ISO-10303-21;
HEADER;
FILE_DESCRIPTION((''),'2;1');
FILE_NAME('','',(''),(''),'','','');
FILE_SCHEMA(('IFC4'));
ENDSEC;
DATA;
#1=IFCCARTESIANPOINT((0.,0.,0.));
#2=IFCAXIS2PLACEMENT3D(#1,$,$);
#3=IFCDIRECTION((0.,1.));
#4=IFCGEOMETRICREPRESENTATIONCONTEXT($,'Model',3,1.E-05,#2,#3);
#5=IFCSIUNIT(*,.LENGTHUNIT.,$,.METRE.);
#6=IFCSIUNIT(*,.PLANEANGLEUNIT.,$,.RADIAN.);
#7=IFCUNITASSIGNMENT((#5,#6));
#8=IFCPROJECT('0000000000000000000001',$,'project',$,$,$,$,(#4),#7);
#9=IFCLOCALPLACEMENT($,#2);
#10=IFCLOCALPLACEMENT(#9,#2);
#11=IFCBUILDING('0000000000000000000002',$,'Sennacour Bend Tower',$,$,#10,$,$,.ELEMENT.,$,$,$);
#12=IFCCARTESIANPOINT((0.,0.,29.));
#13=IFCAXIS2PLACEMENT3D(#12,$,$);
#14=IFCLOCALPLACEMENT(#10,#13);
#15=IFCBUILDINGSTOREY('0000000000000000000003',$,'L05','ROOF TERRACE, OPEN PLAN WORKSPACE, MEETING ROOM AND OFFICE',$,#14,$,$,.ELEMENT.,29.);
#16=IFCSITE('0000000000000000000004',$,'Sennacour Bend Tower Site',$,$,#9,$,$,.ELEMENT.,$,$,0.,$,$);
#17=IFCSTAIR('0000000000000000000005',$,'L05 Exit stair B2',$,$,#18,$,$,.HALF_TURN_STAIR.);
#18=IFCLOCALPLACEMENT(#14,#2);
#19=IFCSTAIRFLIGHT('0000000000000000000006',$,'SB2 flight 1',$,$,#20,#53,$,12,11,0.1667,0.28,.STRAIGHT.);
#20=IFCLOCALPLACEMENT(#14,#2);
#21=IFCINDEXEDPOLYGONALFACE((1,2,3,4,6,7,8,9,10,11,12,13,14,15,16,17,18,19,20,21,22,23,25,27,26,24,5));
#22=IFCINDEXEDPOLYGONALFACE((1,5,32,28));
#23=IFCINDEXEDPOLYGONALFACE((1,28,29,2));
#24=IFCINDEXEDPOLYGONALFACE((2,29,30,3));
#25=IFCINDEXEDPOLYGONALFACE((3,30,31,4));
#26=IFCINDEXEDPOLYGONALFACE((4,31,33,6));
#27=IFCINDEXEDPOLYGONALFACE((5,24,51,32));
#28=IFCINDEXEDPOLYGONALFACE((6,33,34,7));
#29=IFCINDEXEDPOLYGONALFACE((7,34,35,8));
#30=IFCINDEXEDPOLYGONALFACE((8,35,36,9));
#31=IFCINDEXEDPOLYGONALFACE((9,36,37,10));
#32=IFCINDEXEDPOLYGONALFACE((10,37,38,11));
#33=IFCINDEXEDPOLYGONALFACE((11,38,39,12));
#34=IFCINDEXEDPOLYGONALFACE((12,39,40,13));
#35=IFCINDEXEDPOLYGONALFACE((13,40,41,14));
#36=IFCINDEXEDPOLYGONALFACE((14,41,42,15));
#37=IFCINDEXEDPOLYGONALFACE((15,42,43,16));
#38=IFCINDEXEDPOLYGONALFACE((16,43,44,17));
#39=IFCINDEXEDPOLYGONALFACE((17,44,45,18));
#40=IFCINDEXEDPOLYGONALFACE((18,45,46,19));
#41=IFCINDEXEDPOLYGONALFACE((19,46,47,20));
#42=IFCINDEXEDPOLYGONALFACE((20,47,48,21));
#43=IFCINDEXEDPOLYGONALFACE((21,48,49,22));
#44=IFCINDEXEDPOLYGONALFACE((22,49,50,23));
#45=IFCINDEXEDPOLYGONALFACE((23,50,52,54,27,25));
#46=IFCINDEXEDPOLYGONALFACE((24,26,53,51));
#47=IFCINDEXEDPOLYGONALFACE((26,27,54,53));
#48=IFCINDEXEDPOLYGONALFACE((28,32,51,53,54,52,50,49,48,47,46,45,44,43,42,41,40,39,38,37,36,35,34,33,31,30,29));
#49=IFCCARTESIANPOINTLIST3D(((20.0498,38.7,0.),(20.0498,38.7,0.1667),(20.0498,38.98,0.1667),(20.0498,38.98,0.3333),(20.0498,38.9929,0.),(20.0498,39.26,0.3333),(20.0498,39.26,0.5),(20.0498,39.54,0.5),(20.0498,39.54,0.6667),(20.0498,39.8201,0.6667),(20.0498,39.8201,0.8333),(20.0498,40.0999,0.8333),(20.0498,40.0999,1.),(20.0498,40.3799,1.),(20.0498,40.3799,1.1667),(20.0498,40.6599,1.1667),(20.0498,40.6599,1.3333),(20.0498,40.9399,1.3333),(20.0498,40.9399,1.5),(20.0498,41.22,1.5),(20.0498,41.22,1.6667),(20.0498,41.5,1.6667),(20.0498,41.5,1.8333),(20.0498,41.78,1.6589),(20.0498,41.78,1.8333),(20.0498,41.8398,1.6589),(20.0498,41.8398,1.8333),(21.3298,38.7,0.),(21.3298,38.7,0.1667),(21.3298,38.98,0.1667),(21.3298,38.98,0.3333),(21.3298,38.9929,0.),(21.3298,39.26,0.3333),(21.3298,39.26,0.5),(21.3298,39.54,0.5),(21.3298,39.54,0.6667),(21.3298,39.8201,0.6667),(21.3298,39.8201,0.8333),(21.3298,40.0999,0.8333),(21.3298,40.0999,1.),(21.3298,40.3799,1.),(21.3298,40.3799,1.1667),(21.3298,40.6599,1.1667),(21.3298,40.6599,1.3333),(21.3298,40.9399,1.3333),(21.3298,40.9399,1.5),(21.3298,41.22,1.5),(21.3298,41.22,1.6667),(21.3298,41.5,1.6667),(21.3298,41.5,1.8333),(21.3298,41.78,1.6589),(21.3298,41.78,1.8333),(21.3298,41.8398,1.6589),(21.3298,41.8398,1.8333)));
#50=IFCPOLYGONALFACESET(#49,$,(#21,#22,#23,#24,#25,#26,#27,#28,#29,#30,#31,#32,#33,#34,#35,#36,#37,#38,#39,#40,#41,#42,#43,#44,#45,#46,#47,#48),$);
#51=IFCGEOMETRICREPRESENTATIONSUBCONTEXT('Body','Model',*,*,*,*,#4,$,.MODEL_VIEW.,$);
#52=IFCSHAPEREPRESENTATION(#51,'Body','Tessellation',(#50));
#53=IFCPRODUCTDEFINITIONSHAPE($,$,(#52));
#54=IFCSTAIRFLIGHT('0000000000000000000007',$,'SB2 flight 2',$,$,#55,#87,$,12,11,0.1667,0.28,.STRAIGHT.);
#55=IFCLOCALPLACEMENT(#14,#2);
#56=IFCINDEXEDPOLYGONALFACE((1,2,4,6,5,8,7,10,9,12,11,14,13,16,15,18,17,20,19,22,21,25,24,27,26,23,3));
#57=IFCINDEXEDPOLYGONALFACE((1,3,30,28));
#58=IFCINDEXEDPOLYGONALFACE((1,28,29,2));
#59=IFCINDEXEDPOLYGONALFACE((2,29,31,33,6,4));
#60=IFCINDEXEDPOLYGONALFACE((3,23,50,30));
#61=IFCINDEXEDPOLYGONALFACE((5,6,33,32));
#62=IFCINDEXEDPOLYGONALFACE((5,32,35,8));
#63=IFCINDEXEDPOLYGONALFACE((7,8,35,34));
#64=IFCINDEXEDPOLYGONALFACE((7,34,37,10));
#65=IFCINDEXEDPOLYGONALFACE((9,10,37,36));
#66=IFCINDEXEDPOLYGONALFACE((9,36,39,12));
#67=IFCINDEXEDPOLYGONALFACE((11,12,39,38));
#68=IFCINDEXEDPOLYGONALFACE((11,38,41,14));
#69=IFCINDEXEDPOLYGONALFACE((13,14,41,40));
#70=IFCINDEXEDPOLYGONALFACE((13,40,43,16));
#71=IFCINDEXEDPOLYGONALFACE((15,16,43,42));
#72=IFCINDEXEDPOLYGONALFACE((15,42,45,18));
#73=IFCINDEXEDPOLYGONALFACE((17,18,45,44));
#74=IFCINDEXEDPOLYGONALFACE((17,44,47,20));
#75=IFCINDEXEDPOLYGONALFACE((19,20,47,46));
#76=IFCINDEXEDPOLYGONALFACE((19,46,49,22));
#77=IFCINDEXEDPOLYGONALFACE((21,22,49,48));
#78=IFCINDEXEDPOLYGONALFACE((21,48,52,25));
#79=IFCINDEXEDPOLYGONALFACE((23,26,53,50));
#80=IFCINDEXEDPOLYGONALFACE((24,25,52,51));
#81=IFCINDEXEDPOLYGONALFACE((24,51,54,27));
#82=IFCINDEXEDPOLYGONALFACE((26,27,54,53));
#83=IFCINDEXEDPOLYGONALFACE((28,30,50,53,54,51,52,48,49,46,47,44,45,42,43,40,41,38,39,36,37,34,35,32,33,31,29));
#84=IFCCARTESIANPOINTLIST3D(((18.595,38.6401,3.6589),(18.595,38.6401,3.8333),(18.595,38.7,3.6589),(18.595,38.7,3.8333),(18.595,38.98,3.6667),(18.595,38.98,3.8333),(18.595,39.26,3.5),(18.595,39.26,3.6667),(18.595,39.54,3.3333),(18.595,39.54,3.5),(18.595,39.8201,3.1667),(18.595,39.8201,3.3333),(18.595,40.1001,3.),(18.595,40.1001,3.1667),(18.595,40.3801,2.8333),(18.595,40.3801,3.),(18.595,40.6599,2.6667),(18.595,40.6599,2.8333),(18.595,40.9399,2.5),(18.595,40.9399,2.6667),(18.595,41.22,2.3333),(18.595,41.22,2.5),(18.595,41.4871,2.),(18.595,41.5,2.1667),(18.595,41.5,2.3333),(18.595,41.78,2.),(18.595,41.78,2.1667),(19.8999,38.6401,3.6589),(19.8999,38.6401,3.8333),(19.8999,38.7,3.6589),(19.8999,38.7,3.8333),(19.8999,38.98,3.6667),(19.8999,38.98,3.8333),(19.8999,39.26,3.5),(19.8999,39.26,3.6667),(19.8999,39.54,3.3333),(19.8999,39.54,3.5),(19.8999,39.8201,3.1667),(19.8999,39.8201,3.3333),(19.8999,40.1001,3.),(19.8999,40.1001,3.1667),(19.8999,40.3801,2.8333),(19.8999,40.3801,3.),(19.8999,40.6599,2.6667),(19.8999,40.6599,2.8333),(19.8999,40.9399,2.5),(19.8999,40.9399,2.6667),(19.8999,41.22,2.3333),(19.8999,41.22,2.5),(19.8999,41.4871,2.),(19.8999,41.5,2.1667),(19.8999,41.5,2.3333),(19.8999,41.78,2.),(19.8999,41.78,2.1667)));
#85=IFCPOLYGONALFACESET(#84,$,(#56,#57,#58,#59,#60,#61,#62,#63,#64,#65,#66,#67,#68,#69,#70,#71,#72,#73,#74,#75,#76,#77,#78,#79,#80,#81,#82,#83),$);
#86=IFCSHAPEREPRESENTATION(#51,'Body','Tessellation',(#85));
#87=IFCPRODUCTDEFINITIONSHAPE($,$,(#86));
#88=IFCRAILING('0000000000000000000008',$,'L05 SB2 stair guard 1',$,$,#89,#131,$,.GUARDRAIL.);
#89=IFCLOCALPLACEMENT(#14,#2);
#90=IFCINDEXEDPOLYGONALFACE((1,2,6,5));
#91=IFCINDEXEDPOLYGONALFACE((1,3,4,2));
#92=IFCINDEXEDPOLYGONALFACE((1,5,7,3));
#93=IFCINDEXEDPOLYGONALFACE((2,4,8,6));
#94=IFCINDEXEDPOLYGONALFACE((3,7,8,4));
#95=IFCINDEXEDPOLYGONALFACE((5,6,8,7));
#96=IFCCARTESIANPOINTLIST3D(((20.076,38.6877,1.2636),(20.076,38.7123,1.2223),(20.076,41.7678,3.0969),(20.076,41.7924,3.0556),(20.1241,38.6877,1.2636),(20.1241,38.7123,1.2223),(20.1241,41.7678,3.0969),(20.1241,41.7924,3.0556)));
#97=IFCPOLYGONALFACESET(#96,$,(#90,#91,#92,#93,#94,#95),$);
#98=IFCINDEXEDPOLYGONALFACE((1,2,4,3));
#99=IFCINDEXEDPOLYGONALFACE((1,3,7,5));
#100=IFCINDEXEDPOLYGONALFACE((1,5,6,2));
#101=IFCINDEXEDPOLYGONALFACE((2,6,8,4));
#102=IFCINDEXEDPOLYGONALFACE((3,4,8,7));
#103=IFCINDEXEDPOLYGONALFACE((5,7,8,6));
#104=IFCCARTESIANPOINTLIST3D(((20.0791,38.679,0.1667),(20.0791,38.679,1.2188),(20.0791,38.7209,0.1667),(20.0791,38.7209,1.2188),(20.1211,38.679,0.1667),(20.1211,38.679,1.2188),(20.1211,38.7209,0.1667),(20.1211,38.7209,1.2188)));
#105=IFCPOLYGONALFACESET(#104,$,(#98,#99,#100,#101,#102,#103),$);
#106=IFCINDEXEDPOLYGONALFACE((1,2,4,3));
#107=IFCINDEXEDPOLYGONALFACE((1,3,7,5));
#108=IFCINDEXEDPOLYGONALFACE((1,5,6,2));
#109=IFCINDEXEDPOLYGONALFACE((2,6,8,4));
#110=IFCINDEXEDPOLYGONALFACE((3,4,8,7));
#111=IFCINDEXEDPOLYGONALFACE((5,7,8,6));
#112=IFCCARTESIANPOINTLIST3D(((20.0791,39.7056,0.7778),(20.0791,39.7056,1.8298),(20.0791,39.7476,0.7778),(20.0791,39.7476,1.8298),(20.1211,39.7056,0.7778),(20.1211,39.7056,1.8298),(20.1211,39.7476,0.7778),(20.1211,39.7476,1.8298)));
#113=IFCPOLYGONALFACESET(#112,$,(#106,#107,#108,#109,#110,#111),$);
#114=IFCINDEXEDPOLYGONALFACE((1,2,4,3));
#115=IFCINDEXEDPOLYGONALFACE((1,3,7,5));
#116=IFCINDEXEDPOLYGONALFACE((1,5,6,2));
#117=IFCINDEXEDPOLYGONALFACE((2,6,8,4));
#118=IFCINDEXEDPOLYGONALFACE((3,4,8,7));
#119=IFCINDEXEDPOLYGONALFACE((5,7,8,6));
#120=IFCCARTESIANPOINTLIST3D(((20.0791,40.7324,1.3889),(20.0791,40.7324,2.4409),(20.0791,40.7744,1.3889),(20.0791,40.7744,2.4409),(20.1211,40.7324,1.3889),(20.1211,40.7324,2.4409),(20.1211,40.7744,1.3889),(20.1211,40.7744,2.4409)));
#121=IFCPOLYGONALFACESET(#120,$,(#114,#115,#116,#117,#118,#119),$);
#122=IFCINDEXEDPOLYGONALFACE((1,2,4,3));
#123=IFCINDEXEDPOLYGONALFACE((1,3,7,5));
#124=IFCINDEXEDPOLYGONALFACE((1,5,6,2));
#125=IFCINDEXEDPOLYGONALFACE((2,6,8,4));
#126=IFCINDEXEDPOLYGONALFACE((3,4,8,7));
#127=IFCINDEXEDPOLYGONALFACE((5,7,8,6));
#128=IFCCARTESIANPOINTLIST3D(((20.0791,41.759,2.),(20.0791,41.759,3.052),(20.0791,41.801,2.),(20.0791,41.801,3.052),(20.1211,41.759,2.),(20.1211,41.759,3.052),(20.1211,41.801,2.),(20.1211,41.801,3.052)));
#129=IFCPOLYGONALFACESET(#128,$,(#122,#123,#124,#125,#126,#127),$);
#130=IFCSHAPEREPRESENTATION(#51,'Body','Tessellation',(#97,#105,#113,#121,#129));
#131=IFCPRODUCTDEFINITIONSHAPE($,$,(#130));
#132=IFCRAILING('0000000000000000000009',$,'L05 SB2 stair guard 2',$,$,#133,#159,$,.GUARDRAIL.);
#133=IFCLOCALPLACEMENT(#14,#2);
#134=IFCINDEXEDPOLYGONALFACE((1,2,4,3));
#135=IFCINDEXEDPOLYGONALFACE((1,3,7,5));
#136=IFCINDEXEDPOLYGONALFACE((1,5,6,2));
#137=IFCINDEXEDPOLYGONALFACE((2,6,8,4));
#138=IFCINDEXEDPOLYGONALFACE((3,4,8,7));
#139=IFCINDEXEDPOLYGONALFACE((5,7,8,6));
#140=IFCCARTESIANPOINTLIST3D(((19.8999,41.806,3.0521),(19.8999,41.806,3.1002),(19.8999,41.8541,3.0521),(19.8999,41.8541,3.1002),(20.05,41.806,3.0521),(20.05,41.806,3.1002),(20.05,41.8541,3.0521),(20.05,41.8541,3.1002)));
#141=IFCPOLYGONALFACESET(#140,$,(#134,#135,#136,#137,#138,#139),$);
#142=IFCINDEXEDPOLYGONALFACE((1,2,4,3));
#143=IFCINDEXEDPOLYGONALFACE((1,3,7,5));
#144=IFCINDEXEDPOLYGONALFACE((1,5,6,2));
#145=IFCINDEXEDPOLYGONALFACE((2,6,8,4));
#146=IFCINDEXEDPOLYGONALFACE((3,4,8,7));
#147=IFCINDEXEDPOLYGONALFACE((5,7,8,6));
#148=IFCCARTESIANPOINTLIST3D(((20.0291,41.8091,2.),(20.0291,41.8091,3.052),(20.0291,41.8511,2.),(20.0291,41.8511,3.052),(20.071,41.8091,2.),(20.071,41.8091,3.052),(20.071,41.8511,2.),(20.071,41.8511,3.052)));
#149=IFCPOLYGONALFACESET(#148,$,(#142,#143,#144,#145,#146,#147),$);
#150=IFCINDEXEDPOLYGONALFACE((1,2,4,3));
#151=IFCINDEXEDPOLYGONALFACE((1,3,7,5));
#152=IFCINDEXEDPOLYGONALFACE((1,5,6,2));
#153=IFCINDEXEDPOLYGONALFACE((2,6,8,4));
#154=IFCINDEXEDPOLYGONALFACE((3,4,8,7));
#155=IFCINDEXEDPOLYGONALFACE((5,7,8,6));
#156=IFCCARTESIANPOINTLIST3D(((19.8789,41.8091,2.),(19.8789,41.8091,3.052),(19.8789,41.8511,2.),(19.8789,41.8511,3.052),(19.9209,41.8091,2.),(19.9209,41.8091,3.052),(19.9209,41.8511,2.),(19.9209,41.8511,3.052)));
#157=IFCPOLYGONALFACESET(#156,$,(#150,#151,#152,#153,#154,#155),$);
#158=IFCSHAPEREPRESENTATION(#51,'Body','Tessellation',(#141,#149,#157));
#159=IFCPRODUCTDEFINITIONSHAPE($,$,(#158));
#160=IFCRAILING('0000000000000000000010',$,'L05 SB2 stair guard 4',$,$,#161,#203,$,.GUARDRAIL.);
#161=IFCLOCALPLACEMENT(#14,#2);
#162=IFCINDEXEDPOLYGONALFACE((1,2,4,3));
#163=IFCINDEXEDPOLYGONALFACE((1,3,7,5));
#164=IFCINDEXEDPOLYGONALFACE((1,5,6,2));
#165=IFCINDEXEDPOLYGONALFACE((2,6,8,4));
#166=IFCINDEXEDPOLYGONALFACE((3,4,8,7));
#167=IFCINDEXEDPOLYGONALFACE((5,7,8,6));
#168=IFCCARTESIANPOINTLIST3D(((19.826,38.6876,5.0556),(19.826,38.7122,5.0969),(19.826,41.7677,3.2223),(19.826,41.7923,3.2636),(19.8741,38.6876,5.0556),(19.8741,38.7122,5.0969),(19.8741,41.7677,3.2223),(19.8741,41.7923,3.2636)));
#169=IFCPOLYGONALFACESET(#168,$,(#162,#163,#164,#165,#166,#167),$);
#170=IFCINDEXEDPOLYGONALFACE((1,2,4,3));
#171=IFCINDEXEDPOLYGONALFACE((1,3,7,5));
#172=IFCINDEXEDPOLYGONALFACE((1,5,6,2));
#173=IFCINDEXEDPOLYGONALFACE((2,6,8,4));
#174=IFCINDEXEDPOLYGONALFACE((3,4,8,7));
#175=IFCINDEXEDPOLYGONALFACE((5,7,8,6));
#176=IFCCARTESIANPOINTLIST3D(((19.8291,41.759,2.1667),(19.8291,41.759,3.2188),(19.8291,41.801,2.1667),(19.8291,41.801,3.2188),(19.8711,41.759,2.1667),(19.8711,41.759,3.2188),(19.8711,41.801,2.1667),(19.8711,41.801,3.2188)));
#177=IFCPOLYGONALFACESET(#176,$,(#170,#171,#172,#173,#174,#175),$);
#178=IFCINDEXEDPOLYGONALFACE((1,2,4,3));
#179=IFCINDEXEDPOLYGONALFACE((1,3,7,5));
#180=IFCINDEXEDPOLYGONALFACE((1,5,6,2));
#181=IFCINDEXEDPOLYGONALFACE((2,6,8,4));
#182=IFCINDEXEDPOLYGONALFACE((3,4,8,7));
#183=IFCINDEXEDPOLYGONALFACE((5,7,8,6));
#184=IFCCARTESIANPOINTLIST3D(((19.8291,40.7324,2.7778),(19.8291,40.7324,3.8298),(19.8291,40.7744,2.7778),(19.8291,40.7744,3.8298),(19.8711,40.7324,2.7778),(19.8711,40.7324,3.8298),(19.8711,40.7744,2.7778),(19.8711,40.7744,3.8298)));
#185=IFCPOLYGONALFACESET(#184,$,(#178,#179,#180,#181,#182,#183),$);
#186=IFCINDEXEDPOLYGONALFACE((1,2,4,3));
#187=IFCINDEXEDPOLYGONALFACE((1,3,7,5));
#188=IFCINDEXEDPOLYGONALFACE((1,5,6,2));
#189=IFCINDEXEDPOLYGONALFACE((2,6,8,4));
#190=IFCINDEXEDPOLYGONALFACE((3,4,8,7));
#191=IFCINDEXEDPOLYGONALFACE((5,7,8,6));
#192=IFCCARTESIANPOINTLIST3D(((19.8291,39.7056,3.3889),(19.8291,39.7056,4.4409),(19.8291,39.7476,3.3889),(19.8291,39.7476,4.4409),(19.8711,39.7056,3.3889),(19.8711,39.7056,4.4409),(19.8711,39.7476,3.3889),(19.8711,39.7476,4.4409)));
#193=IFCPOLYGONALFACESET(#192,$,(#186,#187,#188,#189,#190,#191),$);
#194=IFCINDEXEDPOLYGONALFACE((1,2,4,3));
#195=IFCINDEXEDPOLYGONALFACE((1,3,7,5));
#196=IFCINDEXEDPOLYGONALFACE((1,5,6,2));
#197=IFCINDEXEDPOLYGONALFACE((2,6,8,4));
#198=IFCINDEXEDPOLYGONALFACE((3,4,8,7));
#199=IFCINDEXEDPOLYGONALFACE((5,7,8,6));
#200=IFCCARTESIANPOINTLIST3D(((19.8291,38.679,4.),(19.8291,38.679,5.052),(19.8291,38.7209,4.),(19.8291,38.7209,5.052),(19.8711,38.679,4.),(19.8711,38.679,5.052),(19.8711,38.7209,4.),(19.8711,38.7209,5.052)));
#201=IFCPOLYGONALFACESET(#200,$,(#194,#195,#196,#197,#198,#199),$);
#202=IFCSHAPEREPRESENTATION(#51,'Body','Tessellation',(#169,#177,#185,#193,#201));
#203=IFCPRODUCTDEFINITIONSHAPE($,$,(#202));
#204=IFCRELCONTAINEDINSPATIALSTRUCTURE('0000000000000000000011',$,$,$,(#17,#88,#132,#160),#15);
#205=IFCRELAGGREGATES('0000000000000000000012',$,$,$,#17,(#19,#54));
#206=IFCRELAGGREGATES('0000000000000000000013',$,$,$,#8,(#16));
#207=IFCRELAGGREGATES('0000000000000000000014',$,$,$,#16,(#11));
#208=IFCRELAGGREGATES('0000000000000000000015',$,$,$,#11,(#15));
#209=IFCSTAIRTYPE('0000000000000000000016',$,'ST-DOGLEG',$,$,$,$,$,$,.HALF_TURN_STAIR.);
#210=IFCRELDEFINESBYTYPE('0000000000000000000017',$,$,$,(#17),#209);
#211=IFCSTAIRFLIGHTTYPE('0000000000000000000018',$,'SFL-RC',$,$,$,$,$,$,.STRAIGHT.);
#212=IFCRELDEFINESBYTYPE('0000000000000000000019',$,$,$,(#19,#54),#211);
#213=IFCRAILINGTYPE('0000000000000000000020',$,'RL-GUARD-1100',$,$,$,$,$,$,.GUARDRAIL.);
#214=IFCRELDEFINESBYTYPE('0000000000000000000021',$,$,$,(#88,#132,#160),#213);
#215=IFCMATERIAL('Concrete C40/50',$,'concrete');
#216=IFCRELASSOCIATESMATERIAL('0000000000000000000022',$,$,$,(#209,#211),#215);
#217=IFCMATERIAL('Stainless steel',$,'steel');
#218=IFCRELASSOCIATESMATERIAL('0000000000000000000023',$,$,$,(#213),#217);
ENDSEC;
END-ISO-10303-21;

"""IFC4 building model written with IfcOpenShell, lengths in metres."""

from ifc_helpers import new_model, si_unit, direction, frame, origin, origin_2d, place, context, subcontext, project, spatial, polyline, rectangle, outline, extrude, material, type_object, element, aggregate, save


model = new_model("IFC4")

# Units and contexts
model_context = context("Model", 3, precision=1e-05, world=origin(), true_north=direction((0.0, 1.0)))
body_context = subcontext(model_context, "Body", "Model", "MODEL_VIEW")
ifc_project = project(units=[si_unit("LENGTHUNIT", "METRE"), si_unit("PLANEANGLEUNIT", "RADIAN")], contexts=[model_context])

# Site, building, storey
site_placement = place(None, origin())
site = spatial("IfcSite", under=ifc_project, at=site_placement, Name="Sennacour Bend Tower Site", CompositionType="ELEMENT", RefElevation=0.0)
building_placement = place(site_placement, origin())
building = spatial("IfcBuilding", under=site, at=building_placement, Name="Sennacour Bend Tower", CompositionType="ELEMENT")
storey_placement = place(building_placement, frame((0.0, 0.0, 29.0)))
storey = spatial("IfcBuildingStorey", under=building, at=storey_placement, Name="L05", Description="ROOF TERRACE, OPEN PLAN WORKSPACE, MEETING ROOM AND OFFICE", CompositionType="ELEMENT", Elevation=29.0)

# Shared definitions
ifc_material_1 = material(Name="Stainless steel", Category="steel")

# Stair, stair flights
ifc_material_2 = material(Name="Concrete C40/50", Category="concrete")
stair_type = type_object("IfcStairType", Name="ST-DOGLEG", PredefinedType="HALF_TURN_STAIR", material=ifc_material_2)
stair_placement = place(storey_placement, origin())
stair = element("IfcStair", 1, at=stair_placement, inside=storey, type_object=stair_type, Name="L05 Exit stair B2", PredefinedType="HALF_TURN_STAIR")
stair_flight_type = type_object("IfcStairFlightType", Name="SFL-RC", PredefinedType="STRAIGHT", material=ifc_material_2)
stair_flight_1_placement = place(storey_placement, frame((20.6899, 38.7, 0.0), z_axis=(0.0, 0.0, 1.0), x_axis=(0.0, 1.0, 0.0)))
stair_flight_1 = element("IfcStairFlight", 2, at=stair_flight_1_placement, type_object=stair_flight_type, Name="SB2 flight 1", NumberOfRisers=12, NumberOfTreads=11, PredefinedType="STRAIGHT", RiserHeight=0.1667, TreadLength=0.28, context=body_context, shape_type="SweptSolid", body=[
    extrude(outline(polyline([(0.0, 0.0), (0.0, 0.1667), (0.28, 0.1667), (0.28, 0.3333), (0.5601, 0.3333), (0.5601, 0.5), (0.8401, 0.5), (0.8401, 0.6667), (1.1201, 0.6667), (1.1201, 0.8333), (1.3999, 0.8333), (1.3999, 1.0), (1.6799, 1.0), (1.6799, 1.1667), (1.96, 1.1667), (1.96, 1.3333), (2.24, 1.3333), (2.24, 1.5), (2.52, 1.5), (2.52, 1.6667), (2.8, 1.6667), (2.8, 1.8333), (3.0801, 1.8333), (3.1399, 1.8333), (3.1399, 1.6589), (3.0801, 1.6589), (0.293, 0.0), (0.0, 0.0)])), frame((0.0, 0.6401, 0.0), z_axis=(0.0, -1.0, 0.0), x_axis=(1.0, 0.0, 0.0)), (0.0, 0.0, 1.0), 1.28),
])
stair_flight_2_placement = place(storey_placement, frame((19.2476, 41.78, 2.0), z_axis=(0.0, 0.0, 1.0), x_axis=(0.0, -1.0, 0.0)))
stair_flight_2 = element("IfcStairFlight", 3, at=stair_flight_2_placement, type_object=stair_flight_type, Name="SB2 flight 2", NumberOfRisers=12, NumberOfTreads=11, PredefinedType="STRAIGHT", RiserHeight=0.1667, TreadLength=0.28, context=body_context, shape_type="SweptSolid", body=[
    extrude(outline(polyline([(0.0, 0.0), (0.0, 0.1667), (0.28, 0.1667), (0.28, 0.3333), (0.5601, 0.3333), (0.5601, 0.5), (0.8401, 0.5), (0.8401, 0.6667), (1.1201, 0.6667), (1.1201, 0.8333), (1.3999, 0.8333), (1.3999, 1.0), (1.6799, 1.0), (1.6799, 1.1667), (1.96, 1.1667), (1.96, 1.3333), (2.24, 1.3333), (2.24, 1.5), (2.52, 1.5), (2.52, 1.6667), (2.8, 1.6667), (2.8, 1.8333), (3.0801, 1.8333), (3.1399, 1.8333), (3.1399, 1.6589), (3.0801, 1.6589), (0.293, 0.0), (0.0, 0.0)])), frame((0.0, 0.6523, 0.0), z_axis=(0.0, -1.0, 0.0), x_axis=(1.0, 0.0, 0.0)), (0.0, 0.0, 1.0), 1.3049),
])
aggregate(stair, [stair_flight_1, stair_flight_2])

# Railings
railing_type_1 = type_object("IfcRailingType", Name="RL-GUARD-1100", PredefinedType="GUARDRAIL", material=ifc_material_1)
railing_1_placement = place(storey_placement, frame((20.1001, 38.7, 0.1667)))
element("IfcRailing", 4, at=railing_1_placement, inside=storey, type_object=railing_type_1, Name="L05 SB2 stair guard 1", PredefinedType="GUARDRAIL", context=body_context, shape_type="SweptSolid", body=[
    extrude(rectangle(XDim=0.0481, YDim=0.0481, at=origin_2d()), frame((0.0, 0.0, 1.0762), z_axis=(0.0, 0.859309, 0.511458), x_axis=(-1.0, 0.0, 0.0)), (0.0, 0.0, 1.0), 3.5845),
    extrude(rectangle(XDim=0.042, YDim=0.042, at=origin_2d()), origin(), (0.0, 0.0, 1.0), 1.052),
    extrude(rectangle(XDim=0.042, YDim=0.042, at=origin_2d()), frame((0.0, 1.0266, 0.6111)), (0.0, 0.0, 1.0), 1.052),
    extrude(rectangle(XDim=0.042, YDim=0.042, at=origin_2d()), frame((0.0, 2.0535, 1.2222)), (0.0, 0.0, 1.0), 1.052),
    extrude(rectangle(XDim=0.042, YDim=0.042, at=origin_2d()), frame((0.0, 3.0801, 1.8333)), (0.0, 0.0, 1.0), 1.052),
])
railing_2_placement = place(storey_placement, frame((20.05, 41.8301, 2.0)))
element("IfcRailing", 5, at=railing_2_placement, inside=storey, type_object=railing_type_1, Name="L05 SB2 stair guard 2", PredefinedType="GUARDRAIL", context=body_context, shape_type="SweptSolid", body=[
    extrude(rectangle(XDim=0.0481, YDim=0.0481, at=origin_2d()), frame((0.0, 0.0, 1.0762), z_axis=(-1.0, 0.0, 0.0), x_axis=(0.0, -1.0, 0.0)), (0.0, 0.0, 1.0), 0.1501),
    extrude(rectangle(XDim=0.042, YDim=0.042, at=origin_2d()), origin(), (0.0, 0.0, 1.0), 1.052),
    extrude(rectangle(XDim=0.042, YDim=0.042, at=origin_2d()), frame((-0.1501, 0.0, 0.0)), (0.0, 0.0, 1.0), 1.052),
])
railing_3_placement = place(storey_placement, frame((19.8501, 41.78, 2.1667)))
element("IfcRailing", 6, at=railing_3_placement, inside=storey, type_object=railing_type_1, Name="L05 SB2 stair guard 4", PredefinedType="GUARDRAIL", context=body_context, shape_type="SweptSolid", body=[
    extrude(rectangle(XDim=0.0481, YDim=0.0481, at=origin_2d()), frame((0.0, 0.0, 1.0762), z_axis=(0.0, -0.859309, 0.511458), x_axis=(1.0, 0.0, 0.0)), (0.0, 0.0, 1.0), 3.5845),
    extrude(rectangle(XDim=0.042, YDim=0.042, at=origin_2d()), origin(), (0.0, 0.0, 1.0), 1.052),
    extrude(rectangle(XDim=0.042, YDim=0.042, at=origin_2d()), frame((0.0, -1.0266, 0.6111)), (0.0, 0.0, 1.0), 1.052),
    extrude(rectangle(XDim=0.042, YDim=0.042, at=origin_2d()), frame((0.0, -2.0535, 1.2222)), (0.0, 0.0, 1.0), 1.052),
    extrude(rectangle(XDim=0.042, YDim=0.042, at=origin_2d()), frame((0.0, -3.0801, 1.8333)), (0.0, 0.0, 1.0), 1.052),
])

save(model, "model.ifc")
